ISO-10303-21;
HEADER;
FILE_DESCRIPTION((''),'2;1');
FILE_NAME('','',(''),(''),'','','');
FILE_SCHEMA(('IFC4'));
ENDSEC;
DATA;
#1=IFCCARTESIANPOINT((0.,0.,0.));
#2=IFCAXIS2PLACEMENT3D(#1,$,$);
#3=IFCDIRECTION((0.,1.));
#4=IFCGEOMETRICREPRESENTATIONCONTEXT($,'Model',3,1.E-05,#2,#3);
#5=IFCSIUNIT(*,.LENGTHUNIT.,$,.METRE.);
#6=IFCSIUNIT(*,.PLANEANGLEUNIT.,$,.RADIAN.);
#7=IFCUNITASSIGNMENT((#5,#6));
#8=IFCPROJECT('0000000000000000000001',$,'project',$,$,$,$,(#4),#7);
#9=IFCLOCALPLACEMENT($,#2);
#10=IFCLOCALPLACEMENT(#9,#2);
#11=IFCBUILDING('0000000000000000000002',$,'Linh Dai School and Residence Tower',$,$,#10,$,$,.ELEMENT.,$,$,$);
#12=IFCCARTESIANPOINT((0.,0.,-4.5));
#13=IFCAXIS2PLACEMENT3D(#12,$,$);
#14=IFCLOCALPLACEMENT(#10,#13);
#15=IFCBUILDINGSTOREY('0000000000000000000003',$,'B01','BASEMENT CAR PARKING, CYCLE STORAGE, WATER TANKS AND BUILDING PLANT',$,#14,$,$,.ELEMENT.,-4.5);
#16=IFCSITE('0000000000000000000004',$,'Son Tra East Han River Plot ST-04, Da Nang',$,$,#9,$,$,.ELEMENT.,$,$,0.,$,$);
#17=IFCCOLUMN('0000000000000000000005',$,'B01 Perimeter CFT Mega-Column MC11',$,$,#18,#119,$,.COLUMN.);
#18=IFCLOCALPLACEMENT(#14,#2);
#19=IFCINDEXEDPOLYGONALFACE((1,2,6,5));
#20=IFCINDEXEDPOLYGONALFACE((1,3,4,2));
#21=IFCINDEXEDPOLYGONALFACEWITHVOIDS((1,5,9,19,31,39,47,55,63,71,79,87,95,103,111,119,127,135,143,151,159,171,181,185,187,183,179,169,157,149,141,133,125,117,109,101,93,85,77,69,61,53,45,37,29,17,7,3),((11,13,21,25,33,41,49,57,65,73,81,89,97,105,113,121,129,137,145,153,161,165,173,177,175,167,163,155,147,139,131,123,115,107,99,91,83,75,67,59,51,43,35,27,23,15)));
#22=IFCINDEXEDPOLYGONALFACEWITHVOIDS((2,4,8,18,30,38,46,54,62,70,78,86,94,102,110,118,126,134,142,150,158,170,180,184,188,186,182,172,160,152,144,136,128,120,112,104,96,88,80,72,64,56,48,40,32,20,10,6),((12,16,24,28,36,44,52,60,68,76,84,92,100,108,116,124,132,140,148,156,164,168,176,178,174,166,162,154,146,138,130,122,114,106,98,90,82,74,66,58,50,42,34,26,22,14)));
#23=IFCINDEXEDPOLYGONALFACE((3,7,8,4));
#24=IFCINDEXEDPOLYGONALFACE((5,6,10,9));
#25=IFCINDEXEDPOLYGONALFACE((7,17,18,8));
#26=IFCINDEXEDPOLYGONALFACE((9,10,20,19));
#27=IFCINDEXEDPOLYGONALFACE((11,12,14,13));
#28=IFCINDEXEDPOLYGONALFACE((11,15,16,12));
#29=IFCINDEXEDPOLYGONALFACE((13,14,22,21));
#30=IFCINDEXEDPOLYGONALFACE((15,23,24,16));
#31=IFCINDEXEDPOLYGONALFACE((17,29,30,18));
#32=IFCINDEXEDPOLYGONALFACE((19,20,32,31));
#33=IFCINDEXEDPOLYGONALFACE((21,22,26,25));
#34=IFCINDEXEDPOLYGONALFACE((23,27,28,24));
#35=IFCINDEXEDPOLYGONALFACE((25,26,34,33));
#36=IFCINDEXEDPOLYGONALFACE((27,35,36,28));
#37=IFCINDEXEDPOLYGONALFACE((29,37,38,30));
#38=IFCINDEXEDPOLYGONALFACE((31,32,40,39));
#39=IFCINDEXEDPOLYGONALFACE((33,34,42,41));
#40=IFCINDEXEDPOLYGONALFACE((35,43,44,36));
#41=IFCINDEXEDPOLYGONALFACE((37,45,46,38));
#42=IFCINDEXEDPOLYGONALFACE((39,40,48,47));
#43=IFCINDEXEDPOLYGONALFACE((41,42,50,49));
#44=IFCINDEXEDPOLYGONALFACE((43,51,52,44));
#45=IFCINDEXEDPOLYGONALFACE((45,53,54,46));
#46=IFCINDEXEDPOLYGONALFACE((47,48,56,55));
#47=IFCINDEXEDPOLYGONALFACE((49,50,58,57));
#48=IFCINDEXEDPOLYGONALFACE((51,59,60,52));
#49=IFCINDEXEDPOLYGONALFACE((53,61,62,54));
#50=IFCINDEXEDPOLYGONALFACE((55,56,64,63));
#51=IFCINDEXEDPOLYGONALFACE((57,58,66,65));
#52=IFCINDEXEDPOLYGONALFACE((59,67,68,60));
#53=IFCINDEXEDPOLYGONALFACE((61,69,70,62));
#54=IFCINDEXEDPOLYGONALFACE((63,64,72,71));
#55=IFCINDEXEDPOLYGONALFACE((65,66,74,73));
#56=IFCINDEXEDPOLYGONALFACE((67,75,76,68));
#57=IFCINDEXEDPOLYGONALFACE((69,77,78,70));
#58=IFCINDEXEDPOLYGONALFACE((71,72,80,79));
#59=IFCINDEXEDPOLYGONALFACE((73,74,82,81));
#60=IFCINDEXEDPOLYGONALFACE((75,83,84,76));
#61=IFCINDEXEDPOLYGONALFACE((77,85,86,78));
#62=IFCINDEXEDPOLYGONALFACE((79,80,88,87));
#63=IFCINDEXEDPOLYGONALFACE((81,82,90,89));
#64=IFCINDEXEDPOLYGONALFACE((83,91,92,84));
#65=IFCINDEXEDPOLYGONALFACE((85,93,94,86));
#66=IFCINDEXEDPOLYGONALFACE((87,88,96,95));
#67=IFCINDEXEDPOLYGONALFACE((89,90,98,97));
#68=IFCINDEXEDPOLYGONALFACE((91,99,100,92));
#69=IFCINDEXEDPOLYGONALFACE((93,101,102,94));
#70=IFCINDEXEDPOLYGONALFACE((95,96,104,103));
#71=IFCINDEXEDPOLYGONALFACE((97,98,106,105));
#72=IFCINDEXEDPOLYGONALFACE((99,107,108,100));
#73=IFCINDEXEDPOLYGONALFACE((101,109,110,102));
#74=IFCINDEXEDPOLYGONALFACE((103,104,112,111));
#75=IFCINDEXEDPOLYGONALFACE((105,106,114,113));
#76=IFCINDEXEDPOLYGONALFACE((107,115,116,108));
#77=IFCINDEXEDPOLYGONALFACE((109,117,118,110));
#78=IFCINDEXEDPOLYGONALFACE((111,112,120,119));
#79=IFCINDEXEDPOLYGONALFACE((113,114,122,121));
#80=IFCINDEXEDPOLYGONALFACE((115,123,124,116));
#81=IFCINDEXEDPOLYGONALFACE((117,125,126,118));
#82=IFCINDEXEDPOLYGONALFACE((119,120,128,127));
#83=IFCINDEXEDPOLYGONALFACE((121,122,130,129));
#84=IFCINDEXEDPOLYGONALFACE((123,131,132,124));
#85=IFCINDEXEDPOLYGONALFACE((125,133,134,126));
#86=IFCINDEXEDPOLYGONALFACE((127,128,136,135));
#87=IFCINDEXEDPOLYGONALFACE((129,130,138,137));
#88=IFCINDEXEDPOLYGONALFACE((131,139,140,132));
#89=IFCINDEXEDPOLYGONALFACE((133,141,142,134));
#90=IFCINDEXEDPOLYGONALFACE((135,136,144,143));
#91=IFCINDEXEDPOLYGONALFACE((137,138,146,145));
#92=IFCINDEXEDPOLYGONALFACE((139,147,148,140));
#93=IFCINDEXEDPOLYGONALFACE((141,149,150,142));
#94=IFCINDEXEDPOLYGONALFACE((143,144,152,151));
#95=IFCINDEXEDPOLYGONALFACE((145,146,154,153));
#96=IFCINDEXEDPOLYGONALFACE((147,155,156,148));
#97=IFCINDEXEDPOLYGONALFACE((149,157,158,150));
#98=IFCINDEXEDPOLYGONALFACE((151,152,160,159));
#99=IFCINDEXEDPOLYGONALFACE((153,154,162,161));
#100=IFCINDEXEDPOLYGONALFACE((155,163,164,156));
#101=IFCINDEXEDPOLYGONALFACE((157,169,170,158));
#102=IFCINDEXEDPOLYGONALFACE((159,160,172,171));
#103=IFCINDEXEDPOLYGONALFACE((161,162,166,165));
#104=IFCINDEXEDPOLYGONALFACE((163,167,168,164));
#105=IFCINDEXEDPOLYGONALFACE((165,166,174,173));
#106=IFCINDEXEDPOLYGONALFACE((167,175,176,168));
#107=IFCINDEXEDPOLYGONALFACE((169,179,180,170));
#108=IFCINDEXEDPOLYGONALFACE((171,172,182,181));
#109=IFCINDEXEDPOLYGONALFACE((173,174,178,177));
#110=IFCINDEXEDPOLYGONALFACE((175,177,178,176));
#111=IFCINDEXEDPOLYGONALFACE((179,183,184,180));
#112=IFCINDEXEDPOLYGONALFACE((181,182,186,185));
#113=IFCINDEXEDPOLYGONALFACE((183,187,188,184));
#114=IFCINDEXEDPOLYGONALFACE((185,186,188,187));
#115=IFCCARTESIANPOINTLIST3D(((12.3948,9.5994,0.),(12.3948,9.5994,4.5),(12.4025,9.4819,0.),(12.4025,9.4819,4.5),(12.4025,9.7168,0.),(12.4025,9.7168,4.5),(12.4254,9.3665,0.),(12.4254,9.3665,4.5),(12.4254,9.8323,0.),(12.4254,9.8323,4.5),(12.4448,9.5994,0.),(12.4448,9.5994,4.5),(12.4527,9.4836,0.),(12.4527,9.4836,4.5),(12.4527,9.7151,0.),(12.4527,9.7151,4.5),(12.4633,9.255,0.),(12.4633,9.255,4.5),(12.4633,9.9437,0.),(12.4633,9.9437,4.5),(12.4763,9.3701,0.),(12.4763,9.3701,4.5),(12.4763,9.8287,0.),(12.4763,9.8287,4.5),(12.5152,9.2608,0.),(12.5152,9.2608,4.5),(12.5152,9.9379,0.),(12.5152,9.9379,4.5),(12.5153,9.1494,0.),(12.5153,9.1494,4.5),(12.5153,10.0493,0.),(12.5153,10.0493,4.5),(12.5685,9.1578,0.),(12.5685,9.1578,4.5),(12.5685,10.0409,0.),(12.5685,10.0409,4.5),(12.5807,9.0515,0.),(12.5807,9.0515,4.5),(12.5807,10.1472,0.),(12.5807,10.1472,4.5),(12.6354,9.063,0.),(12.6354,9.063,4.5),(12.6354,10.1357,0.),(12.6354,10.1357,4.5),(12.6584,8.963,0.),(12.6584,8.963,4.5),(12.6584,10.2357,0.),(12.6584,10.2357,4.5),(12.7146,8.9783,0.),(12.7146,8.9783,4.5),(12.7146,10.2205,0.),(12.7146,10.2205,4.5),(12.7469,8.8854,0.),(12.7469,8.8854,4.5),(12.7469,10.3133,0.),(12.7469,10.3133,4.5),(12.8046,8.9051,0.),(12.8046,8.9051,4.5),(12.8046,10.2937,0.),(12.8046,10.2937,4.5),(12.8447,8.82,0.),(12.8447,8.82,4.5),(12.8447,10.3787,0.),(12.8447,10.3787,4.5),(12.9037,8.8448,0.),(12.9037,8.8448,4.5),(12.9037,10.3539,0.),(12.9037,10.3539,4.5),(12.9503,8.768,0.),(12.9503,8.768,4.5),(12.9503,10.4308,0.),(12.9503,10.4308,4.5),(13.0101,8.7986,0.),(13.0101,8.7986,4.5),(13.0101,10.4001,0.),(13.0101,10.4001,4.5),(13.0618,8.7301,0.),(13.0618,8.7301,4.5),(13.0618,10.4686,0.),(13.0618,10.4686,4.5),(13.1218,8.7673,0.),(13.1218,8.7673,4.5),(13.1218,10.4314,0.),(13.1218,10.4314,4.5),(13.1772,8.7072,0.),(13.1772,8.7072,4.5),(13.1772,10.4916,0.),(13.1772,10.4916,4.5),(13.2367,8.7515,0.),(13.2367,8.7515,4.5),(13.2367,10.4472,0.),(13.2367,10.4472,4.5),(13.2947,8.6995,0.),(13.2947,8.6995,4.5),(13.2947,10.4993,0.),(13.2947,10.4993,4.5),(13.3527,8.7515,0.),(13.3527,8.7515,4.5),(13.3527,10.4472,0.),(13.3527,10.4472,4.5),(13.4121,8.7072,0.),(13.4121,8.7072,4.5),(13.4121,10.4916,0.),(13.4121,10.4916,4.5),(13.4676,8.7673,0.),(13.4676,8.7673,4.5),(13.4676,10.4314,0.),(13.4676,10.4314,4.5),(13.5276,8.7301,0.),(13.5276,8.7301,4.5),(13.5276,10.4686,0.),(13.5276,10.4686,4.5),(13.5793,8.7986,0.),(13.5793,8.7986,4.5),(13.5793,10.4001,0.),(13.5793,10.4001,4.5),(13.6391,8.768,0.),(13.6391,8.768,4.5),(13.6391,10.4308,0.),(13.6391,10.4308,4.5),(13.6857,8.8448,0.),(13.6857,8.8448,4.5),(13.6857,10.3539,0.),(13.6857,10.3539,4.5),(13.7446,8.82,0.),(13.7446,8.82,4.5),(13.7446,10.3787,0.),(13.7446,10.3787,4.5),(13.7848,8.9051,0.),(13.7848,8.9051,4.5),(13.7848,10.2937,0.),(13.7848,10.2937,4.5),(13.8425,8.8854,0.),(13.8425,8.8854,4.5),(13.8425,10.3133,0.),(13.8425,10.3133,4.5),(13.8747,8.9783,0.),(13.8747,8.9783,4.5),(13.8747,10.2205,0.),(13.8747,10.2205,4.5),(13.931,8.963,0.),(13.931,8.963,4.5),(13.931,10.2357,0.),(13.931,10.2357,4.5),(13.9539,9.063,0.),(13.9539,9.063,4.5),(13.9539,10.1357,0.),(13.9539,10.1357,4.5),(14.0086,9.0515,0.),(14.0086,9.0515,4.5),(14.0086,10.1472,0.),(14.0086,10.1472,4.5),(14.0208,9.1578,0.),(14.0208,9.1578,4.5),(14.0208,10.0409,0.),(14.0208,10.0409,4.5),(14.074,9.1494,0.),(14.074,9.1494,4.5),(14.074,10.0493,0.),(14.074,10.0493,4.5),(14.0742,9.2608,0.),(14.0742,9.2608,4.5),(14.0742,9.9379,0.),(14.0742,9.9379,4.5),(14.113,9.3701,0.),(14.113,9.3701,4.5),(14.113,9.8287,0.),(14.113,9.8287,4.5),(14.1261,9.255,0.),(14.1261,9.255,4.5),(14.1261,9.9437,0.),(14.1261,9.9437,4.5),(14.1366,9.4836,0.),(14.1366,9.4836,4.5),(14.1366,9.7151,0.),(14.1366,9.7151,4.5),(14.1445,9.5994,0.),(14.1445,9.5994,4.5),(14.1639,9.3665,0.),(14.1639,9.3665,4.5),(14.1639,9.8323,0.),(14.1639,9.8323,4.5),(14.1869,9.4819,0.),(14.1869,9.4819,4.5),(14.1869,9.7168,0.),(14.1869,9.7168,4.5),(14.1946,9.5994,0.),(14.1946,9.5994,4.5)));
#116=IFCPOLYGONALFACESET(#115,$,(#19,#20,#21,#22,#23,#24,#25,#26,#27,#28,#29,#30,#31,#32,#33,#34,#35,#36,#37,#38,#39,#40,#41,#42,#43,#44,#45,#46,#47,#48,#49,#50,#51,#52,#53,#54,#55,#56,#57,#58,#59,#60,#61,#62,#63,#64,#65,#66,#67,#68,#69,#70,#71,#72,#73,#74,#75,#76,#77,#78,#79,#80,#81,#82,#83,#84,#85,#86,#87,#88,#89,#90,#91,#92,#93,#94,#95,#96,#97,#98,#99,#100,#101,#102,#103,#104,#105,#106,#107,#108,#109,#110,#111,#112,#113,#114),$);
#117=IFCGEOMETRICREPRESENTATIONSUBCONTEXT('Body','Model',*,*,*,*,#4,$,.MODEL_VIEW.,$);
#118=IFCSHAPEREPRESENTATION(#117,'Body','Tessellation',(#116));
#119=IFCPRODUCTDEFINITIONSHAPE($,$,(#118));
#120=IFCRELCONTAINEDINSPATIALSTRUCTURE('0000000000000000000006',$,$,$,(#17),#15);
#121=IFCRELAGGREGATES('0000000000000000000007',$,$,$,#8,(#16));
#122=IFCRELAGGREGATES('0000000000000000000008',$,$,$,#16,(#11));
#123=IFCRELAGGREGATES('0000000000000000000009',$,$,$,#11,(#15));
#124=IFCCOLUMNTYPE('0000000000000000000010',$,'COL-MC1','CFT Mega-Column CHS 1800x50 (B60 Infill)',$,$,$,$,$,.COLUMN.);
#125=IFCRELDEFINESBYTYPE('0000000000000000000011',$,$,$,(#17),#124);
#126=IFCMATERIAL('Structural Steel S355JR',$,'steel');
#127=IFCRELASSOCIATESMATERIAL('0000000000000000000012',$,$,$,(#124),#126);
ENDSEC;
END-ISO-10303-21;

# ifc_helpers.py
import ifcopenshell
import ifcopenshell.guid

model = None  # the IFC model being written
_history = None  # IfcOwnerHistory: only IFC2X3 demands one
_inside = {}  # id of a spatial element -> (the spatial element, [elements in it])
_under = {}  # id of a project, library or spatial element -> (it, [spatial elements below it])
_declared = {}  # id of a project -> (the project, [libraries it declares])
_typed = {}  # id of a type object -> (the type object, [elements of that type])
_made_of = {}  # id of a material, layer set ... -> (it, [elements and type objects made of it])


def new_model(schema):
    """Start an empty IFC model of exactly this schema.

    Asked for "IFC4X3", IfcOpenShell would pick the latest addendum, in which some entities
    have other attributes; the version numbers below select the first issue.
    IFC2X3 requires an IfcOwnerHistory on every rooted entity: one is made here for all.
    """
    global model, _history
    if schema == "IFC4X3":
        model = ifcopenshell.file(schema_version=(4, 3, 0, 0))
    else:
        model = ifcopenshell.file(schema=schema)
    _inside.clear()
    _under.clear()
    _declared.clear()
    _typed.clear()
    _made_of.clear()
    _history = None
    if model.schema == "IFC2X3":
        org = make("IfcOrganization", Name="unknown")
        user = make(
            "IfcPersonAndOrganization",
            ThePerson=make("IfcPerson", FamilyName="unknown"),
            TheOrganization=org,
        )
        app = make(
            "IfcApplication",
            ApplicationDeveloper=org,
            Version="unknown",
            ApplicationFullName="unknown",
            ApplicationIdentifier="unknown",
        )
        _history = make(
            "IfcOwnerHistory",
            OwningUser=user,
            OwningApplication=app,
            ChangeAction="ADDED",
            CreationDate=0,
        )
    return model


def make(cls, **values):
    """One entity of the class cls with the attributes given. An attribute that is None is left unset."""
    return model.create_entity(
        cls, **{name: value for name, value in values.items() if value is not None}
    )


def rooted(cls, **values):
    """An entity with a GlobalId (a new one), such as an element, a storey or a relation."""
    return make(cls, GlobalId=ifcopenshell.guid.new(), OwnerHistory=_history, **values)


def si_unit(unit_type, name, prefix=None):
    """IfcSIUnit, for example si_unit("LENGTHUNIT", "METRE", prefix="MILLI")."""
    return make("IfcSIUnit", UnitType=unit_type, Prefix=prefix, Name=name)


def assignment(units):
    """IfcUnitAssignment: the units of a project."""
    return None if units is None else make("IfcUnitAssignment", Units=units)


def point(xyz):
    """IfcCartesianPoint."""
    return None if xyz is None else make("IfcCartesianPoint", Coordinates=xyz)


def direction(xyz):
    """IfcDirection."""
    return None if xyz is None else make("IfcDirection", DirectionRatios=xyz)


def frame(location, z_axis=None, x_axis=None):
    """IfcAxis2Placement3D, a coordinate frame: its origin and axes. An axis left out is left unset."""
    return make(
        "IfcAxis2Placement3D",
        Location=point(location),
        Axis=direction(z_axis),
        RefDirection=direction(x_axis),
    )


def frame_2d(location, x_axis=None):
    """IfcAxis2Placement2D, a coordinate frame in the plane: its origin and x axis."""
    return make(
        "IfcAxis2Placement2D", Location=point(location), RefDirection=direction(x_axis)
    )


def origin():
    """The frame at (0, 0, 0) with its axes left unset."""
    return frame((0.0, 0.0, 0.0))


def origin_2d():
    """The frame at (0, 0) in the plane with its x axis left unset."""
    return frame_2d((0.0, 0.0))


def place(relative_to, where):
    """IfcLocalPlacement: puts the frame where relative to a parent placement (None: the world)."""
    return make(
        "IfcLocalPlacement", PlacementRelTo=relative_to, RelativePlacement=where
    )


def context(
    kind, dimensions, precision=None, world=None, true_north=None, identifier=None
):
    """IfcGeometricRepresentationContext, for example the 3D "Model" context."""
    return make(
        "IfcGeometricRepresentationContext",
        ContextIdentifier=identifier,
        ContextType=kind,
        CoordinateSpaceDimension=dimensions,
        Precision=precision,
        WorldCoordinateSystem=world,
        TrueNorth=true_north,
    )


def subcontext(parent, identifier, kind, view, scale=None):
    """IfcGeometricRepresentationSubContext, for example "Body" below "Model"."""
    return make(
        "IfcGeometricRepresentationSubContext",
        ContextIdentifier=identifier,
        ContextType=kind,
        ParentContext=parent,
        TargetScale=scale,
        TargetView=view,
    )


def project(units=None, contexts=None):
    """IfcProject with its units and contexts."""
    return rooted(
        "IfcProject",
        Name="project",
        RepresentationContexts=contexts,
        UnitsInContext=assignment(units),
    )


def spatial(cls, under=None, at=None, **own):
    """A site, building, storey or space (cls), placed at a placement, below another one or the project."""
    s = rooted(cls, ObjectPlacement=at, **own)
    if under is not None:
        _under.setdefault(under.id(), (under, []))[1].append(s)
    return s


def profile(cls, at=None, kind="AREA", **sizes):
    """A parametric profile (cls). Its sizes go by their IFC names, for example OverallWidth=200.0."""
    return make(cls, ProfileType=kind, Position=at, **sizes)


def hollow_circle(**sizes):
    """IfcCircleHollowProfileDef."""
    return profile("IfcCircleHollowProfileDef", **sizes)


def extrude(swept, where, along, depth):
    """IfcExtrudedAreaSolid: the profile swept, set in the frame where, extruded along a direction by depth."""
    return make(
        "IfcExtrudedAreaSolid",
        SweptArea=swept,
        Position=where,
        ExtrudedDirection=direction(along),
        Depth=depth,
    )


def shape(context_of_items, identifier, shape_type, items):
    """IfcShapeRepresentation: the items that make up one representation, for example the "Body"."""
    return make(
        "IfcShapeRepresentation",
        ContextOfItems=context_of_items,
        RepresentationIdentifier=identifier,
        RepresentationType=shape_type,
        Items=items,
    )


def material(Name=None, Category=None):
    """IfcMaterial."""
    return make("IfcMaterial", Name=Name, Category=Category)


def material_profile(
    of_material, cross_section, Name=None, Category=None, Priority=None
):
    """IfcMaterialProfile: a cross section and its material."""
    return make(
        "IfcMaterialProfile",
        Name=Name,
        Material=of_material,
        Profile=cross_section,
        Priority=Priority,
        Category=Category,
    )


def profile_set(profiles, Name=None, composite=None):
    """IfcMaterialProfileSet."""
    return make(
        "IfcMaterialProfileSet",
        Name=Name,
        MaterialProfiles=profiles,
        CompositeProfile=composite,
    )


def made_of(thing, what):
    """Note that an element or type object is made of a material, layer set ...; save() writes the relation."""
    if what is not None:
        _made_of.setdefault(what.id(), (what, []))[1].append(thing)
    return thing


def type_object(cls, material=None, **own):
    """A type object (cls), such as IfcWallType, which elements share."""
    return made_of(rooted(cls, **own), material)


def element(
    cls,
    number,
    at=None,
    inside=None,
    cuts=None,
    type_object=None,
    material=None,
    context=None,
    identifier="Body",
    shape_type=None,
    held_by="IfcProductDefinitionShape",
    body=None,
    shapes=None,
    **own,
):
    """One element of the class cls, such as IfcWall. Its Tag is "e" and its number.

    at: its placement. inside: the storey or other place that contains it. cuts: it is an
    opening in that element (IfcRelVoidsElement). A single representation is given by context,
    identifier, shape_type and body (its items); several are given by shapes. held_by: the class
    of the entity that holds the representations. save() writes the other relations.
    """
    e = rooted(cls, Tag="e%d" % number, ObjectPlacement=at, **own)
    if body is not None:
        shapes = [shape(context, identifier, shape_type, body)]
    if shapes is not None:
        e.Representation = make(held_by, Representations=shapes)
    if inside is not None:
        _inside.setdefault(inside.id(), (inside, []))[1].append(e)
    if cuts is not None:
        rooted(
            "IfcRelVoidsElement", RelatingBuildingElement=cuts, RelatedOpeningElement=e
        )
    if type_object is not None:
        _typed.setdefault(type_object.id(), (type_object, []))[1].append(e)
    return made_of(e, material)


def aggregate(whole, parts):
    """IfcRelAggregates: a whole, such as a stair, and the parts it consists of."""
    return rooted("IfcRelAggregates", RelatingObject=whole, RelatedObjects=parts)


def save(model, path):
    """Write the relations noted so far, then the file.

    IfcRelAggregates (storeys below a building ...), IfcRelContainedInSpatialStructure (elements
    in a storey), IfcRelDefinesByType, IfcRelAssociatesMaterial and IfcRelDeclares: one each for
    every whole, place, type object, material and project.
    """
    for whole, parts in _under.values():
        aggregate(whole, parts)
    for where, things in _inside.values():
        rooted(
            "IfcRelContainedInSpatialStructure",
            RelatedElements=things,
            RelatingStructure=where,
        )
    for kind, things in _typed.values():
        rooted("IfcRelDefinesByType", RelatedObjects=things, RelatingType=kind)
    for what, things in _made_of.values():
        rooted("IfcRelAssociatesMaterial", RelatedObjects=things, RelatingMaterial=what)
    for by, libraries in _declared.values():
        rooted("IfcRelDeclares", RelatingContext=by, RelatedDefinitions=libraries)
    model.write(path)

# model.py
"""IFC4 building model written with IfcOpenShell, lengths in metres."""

from ifc_helpers import new_model, si_unit, direction, frame, origin, origin_2d, place, context, subcontext, project, spatial, hollow_circle, extrude, material, material_profile, profile_set, type_object, element, save


model = new_model("IFC4")

# Units and contexts
model_context = context("Model", 3, precision=1e-05, world=origin(), true_north=direction((0.0, 1.0)))
body_context = subcontext(model_context, "Body", "Model", "MODEL_VIEW")
ifc_project = project(units=[si_unit("LENGTHUNIT", "METRE"), si_unit("PLANEANGLEUNIT", "RADIAN")], contexts=[model_context])

# Site, building, storey
site_placement = place(None, origin())
site = spatial("IfcSite", under=ifc_project, at=site_placement, Name="Son Tra East Han River Plot ST-04, Da Nang", CompositionType="ELEMENT", RefElevation=0.0)
building_placement = place(site_placement, origin())
building = spatial("IfcBuilding", under=site, at=building_placement, Name="Linh Dai School and Residence Tower", CompositionType="ELEMENT")
storey_placement = place(building_placement, frame((0.0, 0.0, -4.5)))
storey = spatial("IfcBuildingStorey", under=building, at=storey_placement, Name="B01", Description="BASEMENT CAR PARKING, CYCLE STORAGE, WATER TANKS AND BUILDING PLANT", CompositionType="ELEMENT", Elevation=-4.5)

# Column
ifc_material_1 = material(Name="Structural Steel S355JR", Category="steel")
ifc_material_profile_1 = material_profile(ifc_material_1, hollow_circle(Radius=0.8999, WallThickness=0.05, at=origin_2d()), Name="CHS 1800x50")
ifc_profile_set_1 = profile_set([ifc_material_profile_1], Name="Structural Steel S355JR")
column_type_1 = type_object("IfcColumnType", Name="COL-MC1", Description="CFT Mega-Column CHS 1800x50 (B60 Infill)", PredefinedType="COLUMN", material=ifc_profile_set_1)
for number, where, z_axis, x_axis, name in (
    (1, (13.2947, 9.5994, 0.0), (0.0, 0.0, 1.0), (1.0, 0.0, 0.0), "B01 Perimeter CFT Mega-Column MC11"),
):
    element("IfcColumn", number, at=place(storey_placement, frame(where, z_axis=z_axis, x_axis=x_axis)), inside=storey, type_object=column_type_1, Name=name, PredefinedType="COLUMN", context=body_context, shape_type="SweptSolid", body=[
        extrude(hollow_circle(Radius=0.8999, WallThickness=0.05, at=origin_2d()), origin(), (0.0, 0.0, 1.0), 4.5),
    ])

save(model, "model.ifc")
